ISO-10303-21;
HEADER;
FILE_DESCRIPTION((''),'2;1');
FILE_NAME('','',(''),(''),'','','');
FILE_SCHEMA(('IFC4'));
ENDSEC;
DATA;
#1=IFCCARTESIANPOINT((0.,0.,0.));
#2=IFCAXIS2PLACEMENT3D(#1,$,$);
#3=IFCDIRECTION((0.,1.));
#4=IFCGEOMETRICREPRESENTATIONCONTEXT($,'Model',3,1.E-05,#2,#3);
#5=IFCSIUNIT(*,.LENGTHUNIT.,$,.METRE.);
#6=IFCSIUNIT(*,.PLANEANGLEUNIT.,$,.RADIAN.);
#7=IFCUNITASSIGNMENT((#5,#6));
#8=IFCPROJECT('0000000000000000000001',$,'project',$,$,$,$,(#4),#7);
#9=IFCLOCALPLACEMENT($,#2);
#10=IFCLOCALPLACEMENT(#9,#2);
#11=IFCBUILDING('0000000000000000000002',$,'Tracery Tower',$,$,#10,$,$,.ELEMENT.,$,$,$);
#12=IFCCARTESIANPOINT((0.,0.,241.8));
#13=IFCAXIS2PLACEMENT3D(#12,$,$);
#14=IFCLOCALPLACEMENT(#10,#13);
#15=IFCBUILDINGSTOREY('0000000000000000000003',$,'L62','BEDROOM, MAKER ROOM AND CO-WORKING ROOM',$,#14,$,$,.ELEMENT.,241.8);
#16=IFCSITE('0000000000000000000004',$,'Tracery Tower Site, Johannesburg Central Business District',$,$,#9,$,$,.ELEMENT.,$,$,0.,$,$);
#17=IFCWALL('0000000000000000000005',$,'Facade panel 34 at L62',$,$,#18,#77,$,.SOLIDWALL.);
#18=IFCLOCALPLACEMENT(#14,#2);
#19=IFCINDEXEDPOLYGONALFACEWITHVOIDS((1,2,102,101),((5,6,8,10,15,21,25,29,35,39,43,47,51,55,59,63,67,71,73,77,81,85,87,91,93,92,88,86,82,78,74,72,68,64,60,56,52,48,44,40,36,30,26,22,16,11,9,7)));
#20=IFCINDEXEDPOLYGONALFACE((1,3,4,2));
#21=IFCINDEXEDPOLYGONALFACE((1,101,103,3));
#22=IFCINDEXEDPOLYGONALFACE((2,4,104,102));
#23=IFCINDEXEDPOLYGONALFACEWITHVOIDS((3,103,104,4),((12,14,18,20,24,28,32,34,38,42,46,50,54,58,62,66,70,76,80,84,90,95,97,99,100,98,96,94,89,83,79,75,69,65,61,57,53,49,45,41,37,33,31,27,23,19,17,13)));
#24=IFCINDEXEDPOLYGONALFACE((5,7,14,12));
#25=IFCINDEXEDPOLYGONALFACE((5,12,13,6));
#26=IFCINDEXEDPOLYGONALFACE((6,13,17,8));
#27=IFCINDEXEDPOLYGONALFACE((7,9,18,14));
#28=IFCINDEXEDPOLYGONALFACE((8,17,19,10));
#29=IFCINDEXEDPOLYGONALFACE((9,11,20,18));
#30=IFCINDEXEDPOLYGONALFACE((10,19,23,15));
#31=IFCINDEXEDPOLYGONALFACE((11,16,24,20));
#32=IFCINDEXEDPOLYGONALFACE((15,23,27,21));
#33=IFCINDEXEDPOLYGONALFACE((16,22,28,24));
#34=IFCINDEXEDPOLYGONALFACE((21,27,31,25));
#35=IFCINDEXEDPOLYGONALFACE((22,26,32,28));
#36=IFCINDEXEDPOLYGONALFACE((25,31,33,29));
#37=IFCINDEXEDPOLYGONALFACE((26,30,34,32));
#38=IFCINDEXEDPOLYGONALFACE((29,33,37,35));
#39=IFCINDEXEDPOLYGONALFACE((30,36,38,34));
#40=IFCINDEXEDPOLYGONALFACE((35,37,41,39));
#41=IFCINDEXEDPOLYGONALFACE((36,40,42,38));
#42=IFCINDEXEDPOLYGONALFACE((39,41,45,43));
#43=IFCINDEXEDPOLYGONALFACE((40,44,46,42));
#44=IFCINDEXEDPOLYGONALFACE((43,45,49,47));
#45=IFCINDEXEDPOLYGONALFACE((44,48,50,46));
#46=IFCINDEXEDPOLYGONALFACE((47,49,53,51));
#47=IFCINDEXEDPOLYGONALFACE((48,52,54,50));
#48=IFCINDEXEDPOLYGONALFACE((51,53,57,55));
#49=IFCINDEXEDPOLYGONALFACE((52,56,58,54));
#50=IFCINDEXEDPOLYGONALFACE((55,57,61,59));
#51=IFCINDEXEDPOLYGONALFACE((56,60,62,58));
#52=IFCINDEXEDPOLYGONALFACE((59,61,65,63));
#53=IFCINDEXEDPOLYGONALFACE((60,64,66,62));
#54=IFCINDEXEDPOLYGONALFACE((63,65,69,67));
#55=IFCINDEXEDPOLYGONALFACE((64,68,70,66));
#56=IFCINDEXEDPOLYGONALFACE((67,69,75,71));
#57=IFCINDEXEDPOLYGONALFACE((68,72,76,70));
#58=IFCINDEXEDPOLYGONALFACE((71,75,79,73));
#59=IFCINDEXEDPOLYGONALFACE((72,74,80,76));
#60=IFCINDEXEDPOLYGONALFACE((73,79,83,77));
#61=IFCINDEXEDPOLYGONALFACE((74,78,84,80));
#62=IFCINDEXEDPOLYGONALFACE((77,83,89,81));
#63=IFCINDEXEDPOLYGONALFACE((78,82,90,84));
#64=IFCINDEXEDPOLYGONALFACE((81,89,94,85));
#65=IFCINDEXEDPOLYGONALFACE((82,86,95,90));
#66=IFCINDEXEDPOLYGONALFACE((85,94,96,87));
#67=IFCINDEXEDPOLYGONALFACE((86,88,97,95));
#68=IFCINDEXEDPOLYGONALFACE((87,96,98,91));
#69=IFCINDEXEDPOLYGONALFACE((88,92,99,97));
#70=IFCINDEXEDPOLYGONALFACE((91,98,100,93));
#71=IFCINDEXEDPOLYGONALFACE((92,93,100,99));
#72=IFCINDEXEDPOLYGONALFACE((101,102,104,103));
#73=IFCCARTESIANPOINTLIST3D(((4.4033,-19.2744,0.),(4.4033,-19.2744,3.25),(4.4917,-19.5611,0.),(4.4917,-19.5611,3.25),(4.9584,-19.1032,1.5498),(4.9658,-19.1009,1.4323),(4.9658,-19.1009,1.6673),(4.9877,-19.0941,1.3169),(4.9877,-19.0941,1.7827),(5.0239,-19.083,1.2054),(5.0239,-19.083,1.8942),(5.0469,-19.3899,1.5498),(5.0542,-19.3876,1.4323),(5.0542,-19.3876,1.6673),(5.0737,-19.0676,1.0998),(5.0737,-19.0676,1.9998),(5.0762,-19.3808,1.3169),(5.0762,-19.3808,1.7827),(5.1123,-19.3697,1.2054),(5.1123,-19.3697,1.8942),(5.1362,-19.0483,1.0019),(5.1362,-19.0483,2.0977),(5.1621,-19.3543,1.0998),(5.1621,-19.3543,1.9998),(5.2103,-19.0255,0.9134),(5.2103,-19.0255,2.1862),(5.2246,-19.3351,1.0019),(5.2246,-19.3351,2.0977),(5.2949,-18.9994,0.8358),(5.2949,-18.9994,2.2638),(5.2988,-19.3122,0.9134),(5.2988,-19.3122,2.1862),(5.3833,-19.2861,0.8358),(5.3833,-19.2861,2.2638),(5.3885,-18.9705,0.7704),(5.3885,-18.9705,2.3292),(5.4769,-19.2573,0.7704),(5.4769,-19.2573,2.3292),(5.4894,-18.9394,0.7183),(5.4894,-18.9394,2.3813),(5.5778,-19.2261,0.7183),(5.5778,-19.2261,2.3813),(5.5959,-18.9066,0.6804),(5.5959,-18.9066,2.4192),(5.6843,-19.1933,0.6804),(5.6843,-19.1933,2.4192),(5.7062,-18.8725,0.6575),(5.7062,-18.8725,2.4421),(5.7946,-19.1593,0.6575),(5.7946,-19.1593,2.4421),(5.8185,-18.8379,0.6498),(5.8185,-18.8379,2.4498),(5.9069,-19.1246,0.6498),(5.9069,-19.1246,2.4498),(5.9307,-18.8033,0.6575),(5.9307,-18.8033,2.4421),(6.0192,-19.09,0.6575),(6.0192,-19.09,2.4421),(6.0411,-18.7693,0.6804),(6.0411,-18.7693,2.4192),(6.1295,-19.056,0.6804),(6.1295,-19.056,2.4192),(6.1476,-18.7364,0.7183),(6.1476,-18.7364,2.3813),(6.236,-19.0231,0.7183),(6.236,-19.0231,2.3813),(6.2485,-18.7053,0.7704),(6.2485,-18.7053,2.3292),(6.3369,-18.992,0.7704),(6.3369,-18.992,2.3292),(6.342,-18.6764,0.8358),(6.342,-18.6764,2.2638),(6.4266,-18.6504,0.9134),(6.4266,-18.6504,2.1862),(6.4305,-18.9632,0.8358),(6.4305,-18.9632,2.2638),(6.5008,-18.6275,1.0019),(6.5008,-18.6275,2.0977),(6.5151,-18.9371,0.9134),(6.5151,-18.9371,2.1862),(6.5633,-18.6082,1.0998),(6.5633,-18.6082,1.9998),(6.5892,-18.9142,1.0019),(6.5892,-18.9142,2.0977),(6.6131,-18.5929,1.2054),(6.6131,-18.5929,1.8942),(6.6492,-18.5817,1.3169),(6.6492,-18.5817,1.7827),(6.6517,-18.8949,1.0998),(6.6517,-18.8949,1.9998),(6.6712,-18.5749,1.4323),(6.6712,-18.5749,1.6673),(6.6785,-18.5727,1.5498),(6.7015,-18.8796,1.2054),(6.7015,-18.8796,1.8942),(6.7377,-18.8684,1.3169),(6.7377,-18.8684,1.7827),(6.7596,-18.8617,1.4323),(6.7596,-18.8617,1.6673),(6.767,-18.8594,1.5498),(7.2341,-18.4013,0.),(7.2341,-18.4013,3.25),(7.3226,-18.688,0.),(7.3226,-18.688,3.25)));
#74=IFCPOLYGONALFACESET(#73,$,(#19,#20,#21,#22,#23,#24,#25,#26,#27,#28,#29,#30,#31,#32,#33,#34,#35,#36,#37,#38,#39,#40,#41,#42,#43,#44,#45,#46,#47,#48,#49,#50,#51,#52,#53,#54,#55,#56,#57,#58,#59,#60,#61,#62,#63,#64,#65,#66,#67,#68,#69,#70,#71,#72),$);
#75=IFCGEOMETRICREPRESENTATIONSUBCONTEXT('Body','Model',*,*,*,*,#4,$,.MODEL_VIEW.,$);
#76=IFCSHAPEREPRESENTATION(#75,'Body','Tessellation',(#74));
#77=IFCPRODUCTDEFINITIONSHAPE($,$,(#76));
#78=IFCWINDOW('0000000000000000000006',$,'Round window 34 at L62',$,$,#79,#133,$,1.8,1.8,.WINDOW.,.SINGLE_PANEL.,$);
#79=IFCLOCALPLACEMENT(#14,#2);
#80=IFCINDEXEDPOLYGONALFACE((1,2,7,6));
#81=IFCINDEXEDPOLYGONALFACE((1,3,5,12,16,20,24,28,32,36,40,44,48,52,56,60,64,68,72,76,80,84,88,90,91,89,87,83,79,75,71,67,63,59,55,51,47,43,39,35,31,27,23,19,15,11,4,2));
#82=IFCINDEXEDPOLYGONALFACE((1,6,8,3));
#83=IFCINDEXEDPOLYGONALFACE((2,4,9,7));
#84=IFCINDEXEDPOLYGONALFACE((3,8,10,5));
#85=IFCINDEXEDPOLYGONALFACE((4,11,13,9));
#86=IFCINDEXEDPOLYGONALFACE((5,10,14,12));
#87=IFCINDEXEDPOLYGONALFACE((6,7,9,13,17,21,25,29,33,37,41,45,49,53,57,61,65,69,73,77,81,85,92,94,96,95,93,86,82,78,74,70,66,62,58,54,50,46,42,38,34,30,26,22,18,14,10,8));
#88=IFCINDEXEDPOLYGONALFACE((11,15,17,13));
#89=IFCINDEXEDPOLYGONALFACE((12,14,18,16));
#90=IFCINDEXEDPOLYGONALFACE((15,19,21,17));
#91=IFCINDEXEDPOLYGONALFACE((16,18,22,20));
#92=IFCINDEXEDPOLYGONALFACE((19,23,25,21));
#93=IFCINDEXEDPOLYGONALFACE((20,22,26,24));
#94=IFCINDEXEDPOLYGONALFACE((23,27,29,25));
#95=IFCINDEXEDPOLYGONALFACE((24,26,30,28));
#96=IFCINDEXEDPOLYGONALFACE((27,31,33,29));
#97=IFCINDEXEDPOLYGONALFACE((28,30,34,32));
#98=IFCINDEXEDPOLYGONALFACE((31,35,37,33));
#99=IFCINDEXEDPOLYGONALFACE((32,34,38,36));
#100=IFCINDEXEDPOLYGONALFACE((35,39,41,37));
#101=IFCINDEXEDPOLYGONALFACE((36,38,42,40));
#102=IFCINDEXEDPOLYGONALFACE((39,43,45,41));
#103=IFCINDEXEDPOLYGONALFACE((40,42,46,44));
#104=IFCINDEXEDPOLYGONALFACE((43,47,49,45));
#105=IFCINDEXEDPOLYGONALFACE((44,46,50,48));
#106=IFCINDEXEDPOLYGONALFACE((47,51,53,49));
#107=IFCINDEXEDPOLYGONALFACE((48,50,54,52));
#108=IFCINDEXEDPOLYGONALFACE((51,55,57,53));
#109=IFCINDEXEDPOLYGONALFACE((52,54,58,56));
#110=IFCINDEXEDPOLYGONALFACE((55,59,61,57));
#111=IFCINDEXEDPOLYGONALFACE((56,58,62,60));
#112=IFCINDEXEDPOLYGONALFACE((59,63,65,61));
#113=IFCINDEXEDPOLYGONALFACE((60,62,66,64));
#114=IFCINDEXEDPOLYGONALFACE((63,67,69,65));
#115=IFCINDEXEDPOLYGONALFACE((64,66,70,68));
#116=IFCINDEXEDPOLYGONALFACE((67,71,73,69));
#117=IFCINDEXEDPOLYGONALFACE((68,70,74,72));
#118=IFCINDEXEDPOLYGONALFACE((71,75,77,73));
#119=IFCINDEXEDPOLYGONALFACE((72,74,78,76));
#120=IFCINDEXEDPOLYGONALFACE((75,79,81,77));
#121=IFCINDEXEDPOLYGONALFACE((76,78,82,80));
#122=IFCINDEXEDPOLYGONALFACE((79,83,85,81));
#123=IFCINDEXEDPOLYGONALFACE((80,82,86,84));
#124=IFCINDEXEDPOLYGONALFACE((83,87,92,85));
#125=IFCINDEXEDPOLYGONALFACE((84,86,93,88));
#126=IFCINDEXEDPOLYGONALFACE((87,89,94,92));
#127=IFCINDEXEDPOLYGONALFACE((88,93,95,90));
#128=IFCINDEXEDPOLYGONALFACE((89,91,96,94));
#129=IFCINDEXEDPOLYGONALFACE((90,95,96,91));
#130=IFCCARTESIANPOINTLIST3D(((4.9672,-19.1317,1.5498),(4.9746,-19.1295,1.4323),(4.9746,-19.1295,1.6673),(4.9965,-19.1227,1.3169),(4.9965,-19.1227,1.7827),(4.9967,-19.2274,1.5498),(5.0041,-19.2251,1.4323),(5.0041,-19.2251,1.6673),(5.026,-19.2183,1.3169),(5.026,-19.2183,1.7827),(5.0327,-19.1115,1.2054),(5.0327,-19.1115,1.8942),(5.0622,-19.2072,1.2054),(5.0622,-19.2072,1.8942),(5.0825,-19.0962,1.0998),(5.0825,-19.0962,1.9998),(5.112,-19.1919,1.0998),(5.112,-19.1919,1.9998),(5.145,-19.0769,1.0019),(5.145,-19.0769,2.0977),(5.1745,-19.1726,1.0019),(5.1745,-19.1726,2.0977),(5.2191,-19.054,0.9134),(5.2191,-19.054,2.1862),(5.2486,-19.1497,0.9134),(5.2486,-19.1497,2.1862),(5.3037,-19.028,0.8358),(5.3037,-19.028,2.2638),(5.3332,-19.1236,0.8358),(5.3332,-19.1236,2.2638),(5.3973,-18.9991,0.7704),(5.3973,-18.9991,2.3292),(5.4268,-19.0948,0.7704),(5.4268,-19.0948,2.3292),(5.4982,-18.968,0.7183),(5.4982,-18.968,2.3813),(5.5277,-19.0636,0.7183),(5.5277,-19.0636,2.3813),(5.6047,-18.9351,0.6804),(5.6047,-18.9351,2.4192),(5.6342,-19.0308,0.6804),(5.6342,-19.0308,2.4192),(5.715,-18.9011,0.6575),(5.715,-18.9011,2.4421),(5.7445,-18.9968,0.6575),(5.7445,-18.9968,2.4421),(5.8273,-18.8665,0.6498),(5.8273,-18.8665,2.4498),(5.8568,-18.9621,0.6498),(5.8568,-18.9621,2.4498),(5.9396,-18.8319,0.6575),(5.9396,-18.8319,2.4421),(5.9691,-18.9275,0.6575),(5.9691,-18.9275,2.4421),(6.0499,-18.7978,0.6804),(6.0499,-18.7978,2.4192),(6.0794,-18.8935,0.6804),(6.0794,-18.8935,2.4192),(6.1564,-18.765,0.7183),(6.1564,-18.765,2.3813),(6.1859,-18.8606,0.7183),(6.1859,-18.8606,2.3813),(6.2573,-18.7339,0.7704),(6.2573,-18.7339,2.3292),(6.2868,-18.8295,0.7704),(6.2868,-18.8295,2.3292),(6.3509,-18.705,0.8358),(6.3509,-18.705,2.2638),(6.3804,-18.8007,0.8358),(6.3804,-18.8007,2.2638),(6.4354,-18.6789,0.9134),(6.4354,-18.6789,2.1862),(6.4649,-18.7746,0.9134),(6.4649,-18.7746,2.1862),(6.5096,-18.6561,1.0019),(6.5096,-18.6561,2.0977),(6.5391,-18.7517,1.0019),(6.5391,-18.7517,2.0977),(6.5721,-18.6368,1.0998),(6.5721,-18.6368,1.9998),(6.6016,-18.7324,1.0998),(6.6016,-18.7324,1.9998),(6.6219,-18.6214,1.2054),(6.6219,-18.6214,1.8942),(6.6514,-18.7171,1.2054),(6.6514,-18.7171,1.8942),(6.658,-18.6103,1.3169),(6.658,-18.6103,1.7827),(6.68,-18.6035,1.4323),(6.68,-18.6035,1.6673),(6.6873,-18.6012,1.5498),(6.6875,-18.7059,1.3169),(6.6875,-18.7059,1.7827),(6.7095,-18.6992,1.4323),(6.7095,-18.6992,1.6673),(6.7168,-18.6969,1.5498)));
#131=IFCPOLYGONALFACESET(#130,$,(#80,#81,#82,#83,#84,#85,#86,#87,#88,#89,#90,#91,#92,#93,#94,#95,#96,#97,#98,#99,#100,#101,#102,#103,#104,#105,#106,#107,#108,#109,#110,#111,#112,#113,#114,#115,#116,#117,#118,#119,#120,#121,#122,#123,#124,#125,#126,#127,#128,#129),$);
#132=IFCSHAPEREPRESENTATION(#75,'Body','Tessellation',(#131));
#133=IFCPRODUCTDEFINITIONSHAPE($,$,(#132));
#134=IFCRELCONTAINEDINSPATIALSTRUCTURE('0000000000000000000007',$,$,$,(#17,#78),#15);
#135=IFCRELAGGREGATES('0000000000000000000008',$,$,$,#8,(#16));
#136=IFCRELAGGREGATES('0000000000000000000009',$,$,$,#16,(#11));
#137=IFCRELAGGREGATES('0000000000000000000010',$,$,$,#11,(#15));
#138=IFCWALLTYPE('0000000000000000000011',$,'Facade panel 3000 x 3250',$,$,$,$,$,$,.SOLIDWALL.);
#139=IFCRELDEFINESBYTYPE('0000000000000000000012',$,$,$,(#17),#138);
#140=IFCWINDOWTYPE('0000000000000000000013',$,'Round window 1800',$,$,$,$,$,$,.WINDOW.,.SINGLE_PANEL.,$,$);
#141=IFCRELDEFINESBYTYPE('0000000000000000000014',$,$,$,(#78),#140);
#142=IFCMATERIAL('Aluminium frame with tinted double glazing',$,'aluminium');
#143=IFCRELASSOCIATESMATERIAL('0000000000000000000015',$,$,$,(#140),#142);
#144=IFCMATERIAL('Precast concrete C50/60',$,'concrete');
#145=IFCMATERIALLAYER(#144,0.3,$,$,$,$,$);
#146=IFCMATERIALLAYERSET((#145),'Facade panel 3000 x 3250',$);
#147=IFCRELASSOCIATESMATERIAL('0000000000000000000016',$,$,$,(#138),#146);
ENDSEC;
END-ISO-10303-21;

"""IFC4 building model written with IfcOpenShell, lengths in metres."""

from ifc_helpers import new_model, si_unit, direction, frame, frame_2d, origin, origin_2d, place, context, subcontext, project, spatial, rectangle, circle, extrude, material, layer, layer_set, type_object, element, fill, save


model = new_model("IFC4")

# Units and contexts
model_context = context("Model", 3, precision=1e-05, world=origin(), true_north=direction((0.0, 1.0)))
body_context = subcontext(model_context, "Body", "Model", "MODEL_VIEW")
ifc_project = project(units=[si_unit("LENGTHUNIT", "METRE"), si_unit("PLANEANGLEUNIT", "RADIAN")], contexts=[model_context])

# Site, building, storey
site_placement = place(None, origin())
site = spatial("IfcSite", under=ifc_project, at=site_placement, Name="Tracery Tower Site, Johannesburg Central Business District", CompositionType="ELEMENT", RefElevation=0.0)
building_placement = place(site_placement, origin())
building = spatial("IfcBuilding", under=site, at=building_placement, Name="Tracery Tower", CompositionType="ELEMENT")
storey_placement = place(building_placement, frame((0.0, 0.0, 241.8)))
storey = spatial("IfcBuildingStorey", under=building, at=storey_placement, Name="L62", Description="BEDROOM, MAKER ROOM AND CO-WORKING ROOM", CompositionType="ELEMENT", Elevation=241.8)

# Wall, opening, window
ifc_material_1 = material(Name="Aluminium frame with tinted double glazing", Category="aluminium")
window_type = type_object("IfcWindowType", Name="Round window 1800", PartitioningType="SINGLE_PANEL", PredefinedType="WINDOW", material=ifc_material_1)
ifc_material_2 = material(Name="Precast concrete C50/60", Category="concrete")
ifc_layer_1 = layer(ifc_material_2, 0.3)
ifc_layer_set_1 = layer_set([ifc_layer_1], Name="Facade panel 3000 x 3250")
wall_type_1 = type_object("IfcWallType", Name="Facade panel 3000 x 3250", PredefinedType="SOLIDWALL", material=ifc_layer_set_1)
wall_1_placement = place(storey_placement, frame((4.4475, -19.4177, 0.0), z_axis=(0.0, 0.0, 1.0), x_axis=(0.955586, 0.294711, 0.0)))
wall_1 = element("IfcWall", 1, at=wall_1_placement, inside=storey, type_object=wall_type_1, Name="Facade panel 34 at L62", PredefinedType="SOLIDWALL", context=body_context, shape_type="SweptSolid", body=[
    extrude(rectangle(XDim=2.9624, YDim=0.3, at=frame_2d((1.4812, 0.0))), origin(), (0.0, 0.0, 1.0), 3.25),
])
opening_1_placement = place(wall_1_placement, frame((1.481, 0.0, 1.5498)))
opening_1 = element("IfcOpeningElement", 2, at=opening_1_placement, cuts=wall_1, PredefinedType="OPENING", context=body_context, shape_type="SweptSolid", body=[
    extrude(circle(Radius=0.9, at=origin_2d()), frame((0.0, 0.1599, 0.0), z_axis=(0.0, -1.0, 0.0), x_axis=(1.0, 0.0, 0.0)), (0.0, 0.0, 1.0), 0.3201),
])
window_1_placement = place(opening_1_placement, origin())
window_1 = element("IfcWindow", 3, at=window_1_placement, inside=storey, type_object=window_type, Name="Round window 34 at L62", OverallHeight=1.8, OverallWidth=1.8, PartitioningType="SINGLE_PANEL", PredefinedType="WINDOW", context=body_context, shape_type="SweptSolid", body=[
    extrude(circle(Radius=0.9, at=origin_2d()), frame((0.0, 0.1201, 0.0), z_axis=(0.0, -1.0, 0.0), x_axis=(1.0, 0.0, 0.0)), (0.0, 0.0, 1.0), 0.1001),
])
fill(opening_1, window_1)

save(model, "model.ifc")
